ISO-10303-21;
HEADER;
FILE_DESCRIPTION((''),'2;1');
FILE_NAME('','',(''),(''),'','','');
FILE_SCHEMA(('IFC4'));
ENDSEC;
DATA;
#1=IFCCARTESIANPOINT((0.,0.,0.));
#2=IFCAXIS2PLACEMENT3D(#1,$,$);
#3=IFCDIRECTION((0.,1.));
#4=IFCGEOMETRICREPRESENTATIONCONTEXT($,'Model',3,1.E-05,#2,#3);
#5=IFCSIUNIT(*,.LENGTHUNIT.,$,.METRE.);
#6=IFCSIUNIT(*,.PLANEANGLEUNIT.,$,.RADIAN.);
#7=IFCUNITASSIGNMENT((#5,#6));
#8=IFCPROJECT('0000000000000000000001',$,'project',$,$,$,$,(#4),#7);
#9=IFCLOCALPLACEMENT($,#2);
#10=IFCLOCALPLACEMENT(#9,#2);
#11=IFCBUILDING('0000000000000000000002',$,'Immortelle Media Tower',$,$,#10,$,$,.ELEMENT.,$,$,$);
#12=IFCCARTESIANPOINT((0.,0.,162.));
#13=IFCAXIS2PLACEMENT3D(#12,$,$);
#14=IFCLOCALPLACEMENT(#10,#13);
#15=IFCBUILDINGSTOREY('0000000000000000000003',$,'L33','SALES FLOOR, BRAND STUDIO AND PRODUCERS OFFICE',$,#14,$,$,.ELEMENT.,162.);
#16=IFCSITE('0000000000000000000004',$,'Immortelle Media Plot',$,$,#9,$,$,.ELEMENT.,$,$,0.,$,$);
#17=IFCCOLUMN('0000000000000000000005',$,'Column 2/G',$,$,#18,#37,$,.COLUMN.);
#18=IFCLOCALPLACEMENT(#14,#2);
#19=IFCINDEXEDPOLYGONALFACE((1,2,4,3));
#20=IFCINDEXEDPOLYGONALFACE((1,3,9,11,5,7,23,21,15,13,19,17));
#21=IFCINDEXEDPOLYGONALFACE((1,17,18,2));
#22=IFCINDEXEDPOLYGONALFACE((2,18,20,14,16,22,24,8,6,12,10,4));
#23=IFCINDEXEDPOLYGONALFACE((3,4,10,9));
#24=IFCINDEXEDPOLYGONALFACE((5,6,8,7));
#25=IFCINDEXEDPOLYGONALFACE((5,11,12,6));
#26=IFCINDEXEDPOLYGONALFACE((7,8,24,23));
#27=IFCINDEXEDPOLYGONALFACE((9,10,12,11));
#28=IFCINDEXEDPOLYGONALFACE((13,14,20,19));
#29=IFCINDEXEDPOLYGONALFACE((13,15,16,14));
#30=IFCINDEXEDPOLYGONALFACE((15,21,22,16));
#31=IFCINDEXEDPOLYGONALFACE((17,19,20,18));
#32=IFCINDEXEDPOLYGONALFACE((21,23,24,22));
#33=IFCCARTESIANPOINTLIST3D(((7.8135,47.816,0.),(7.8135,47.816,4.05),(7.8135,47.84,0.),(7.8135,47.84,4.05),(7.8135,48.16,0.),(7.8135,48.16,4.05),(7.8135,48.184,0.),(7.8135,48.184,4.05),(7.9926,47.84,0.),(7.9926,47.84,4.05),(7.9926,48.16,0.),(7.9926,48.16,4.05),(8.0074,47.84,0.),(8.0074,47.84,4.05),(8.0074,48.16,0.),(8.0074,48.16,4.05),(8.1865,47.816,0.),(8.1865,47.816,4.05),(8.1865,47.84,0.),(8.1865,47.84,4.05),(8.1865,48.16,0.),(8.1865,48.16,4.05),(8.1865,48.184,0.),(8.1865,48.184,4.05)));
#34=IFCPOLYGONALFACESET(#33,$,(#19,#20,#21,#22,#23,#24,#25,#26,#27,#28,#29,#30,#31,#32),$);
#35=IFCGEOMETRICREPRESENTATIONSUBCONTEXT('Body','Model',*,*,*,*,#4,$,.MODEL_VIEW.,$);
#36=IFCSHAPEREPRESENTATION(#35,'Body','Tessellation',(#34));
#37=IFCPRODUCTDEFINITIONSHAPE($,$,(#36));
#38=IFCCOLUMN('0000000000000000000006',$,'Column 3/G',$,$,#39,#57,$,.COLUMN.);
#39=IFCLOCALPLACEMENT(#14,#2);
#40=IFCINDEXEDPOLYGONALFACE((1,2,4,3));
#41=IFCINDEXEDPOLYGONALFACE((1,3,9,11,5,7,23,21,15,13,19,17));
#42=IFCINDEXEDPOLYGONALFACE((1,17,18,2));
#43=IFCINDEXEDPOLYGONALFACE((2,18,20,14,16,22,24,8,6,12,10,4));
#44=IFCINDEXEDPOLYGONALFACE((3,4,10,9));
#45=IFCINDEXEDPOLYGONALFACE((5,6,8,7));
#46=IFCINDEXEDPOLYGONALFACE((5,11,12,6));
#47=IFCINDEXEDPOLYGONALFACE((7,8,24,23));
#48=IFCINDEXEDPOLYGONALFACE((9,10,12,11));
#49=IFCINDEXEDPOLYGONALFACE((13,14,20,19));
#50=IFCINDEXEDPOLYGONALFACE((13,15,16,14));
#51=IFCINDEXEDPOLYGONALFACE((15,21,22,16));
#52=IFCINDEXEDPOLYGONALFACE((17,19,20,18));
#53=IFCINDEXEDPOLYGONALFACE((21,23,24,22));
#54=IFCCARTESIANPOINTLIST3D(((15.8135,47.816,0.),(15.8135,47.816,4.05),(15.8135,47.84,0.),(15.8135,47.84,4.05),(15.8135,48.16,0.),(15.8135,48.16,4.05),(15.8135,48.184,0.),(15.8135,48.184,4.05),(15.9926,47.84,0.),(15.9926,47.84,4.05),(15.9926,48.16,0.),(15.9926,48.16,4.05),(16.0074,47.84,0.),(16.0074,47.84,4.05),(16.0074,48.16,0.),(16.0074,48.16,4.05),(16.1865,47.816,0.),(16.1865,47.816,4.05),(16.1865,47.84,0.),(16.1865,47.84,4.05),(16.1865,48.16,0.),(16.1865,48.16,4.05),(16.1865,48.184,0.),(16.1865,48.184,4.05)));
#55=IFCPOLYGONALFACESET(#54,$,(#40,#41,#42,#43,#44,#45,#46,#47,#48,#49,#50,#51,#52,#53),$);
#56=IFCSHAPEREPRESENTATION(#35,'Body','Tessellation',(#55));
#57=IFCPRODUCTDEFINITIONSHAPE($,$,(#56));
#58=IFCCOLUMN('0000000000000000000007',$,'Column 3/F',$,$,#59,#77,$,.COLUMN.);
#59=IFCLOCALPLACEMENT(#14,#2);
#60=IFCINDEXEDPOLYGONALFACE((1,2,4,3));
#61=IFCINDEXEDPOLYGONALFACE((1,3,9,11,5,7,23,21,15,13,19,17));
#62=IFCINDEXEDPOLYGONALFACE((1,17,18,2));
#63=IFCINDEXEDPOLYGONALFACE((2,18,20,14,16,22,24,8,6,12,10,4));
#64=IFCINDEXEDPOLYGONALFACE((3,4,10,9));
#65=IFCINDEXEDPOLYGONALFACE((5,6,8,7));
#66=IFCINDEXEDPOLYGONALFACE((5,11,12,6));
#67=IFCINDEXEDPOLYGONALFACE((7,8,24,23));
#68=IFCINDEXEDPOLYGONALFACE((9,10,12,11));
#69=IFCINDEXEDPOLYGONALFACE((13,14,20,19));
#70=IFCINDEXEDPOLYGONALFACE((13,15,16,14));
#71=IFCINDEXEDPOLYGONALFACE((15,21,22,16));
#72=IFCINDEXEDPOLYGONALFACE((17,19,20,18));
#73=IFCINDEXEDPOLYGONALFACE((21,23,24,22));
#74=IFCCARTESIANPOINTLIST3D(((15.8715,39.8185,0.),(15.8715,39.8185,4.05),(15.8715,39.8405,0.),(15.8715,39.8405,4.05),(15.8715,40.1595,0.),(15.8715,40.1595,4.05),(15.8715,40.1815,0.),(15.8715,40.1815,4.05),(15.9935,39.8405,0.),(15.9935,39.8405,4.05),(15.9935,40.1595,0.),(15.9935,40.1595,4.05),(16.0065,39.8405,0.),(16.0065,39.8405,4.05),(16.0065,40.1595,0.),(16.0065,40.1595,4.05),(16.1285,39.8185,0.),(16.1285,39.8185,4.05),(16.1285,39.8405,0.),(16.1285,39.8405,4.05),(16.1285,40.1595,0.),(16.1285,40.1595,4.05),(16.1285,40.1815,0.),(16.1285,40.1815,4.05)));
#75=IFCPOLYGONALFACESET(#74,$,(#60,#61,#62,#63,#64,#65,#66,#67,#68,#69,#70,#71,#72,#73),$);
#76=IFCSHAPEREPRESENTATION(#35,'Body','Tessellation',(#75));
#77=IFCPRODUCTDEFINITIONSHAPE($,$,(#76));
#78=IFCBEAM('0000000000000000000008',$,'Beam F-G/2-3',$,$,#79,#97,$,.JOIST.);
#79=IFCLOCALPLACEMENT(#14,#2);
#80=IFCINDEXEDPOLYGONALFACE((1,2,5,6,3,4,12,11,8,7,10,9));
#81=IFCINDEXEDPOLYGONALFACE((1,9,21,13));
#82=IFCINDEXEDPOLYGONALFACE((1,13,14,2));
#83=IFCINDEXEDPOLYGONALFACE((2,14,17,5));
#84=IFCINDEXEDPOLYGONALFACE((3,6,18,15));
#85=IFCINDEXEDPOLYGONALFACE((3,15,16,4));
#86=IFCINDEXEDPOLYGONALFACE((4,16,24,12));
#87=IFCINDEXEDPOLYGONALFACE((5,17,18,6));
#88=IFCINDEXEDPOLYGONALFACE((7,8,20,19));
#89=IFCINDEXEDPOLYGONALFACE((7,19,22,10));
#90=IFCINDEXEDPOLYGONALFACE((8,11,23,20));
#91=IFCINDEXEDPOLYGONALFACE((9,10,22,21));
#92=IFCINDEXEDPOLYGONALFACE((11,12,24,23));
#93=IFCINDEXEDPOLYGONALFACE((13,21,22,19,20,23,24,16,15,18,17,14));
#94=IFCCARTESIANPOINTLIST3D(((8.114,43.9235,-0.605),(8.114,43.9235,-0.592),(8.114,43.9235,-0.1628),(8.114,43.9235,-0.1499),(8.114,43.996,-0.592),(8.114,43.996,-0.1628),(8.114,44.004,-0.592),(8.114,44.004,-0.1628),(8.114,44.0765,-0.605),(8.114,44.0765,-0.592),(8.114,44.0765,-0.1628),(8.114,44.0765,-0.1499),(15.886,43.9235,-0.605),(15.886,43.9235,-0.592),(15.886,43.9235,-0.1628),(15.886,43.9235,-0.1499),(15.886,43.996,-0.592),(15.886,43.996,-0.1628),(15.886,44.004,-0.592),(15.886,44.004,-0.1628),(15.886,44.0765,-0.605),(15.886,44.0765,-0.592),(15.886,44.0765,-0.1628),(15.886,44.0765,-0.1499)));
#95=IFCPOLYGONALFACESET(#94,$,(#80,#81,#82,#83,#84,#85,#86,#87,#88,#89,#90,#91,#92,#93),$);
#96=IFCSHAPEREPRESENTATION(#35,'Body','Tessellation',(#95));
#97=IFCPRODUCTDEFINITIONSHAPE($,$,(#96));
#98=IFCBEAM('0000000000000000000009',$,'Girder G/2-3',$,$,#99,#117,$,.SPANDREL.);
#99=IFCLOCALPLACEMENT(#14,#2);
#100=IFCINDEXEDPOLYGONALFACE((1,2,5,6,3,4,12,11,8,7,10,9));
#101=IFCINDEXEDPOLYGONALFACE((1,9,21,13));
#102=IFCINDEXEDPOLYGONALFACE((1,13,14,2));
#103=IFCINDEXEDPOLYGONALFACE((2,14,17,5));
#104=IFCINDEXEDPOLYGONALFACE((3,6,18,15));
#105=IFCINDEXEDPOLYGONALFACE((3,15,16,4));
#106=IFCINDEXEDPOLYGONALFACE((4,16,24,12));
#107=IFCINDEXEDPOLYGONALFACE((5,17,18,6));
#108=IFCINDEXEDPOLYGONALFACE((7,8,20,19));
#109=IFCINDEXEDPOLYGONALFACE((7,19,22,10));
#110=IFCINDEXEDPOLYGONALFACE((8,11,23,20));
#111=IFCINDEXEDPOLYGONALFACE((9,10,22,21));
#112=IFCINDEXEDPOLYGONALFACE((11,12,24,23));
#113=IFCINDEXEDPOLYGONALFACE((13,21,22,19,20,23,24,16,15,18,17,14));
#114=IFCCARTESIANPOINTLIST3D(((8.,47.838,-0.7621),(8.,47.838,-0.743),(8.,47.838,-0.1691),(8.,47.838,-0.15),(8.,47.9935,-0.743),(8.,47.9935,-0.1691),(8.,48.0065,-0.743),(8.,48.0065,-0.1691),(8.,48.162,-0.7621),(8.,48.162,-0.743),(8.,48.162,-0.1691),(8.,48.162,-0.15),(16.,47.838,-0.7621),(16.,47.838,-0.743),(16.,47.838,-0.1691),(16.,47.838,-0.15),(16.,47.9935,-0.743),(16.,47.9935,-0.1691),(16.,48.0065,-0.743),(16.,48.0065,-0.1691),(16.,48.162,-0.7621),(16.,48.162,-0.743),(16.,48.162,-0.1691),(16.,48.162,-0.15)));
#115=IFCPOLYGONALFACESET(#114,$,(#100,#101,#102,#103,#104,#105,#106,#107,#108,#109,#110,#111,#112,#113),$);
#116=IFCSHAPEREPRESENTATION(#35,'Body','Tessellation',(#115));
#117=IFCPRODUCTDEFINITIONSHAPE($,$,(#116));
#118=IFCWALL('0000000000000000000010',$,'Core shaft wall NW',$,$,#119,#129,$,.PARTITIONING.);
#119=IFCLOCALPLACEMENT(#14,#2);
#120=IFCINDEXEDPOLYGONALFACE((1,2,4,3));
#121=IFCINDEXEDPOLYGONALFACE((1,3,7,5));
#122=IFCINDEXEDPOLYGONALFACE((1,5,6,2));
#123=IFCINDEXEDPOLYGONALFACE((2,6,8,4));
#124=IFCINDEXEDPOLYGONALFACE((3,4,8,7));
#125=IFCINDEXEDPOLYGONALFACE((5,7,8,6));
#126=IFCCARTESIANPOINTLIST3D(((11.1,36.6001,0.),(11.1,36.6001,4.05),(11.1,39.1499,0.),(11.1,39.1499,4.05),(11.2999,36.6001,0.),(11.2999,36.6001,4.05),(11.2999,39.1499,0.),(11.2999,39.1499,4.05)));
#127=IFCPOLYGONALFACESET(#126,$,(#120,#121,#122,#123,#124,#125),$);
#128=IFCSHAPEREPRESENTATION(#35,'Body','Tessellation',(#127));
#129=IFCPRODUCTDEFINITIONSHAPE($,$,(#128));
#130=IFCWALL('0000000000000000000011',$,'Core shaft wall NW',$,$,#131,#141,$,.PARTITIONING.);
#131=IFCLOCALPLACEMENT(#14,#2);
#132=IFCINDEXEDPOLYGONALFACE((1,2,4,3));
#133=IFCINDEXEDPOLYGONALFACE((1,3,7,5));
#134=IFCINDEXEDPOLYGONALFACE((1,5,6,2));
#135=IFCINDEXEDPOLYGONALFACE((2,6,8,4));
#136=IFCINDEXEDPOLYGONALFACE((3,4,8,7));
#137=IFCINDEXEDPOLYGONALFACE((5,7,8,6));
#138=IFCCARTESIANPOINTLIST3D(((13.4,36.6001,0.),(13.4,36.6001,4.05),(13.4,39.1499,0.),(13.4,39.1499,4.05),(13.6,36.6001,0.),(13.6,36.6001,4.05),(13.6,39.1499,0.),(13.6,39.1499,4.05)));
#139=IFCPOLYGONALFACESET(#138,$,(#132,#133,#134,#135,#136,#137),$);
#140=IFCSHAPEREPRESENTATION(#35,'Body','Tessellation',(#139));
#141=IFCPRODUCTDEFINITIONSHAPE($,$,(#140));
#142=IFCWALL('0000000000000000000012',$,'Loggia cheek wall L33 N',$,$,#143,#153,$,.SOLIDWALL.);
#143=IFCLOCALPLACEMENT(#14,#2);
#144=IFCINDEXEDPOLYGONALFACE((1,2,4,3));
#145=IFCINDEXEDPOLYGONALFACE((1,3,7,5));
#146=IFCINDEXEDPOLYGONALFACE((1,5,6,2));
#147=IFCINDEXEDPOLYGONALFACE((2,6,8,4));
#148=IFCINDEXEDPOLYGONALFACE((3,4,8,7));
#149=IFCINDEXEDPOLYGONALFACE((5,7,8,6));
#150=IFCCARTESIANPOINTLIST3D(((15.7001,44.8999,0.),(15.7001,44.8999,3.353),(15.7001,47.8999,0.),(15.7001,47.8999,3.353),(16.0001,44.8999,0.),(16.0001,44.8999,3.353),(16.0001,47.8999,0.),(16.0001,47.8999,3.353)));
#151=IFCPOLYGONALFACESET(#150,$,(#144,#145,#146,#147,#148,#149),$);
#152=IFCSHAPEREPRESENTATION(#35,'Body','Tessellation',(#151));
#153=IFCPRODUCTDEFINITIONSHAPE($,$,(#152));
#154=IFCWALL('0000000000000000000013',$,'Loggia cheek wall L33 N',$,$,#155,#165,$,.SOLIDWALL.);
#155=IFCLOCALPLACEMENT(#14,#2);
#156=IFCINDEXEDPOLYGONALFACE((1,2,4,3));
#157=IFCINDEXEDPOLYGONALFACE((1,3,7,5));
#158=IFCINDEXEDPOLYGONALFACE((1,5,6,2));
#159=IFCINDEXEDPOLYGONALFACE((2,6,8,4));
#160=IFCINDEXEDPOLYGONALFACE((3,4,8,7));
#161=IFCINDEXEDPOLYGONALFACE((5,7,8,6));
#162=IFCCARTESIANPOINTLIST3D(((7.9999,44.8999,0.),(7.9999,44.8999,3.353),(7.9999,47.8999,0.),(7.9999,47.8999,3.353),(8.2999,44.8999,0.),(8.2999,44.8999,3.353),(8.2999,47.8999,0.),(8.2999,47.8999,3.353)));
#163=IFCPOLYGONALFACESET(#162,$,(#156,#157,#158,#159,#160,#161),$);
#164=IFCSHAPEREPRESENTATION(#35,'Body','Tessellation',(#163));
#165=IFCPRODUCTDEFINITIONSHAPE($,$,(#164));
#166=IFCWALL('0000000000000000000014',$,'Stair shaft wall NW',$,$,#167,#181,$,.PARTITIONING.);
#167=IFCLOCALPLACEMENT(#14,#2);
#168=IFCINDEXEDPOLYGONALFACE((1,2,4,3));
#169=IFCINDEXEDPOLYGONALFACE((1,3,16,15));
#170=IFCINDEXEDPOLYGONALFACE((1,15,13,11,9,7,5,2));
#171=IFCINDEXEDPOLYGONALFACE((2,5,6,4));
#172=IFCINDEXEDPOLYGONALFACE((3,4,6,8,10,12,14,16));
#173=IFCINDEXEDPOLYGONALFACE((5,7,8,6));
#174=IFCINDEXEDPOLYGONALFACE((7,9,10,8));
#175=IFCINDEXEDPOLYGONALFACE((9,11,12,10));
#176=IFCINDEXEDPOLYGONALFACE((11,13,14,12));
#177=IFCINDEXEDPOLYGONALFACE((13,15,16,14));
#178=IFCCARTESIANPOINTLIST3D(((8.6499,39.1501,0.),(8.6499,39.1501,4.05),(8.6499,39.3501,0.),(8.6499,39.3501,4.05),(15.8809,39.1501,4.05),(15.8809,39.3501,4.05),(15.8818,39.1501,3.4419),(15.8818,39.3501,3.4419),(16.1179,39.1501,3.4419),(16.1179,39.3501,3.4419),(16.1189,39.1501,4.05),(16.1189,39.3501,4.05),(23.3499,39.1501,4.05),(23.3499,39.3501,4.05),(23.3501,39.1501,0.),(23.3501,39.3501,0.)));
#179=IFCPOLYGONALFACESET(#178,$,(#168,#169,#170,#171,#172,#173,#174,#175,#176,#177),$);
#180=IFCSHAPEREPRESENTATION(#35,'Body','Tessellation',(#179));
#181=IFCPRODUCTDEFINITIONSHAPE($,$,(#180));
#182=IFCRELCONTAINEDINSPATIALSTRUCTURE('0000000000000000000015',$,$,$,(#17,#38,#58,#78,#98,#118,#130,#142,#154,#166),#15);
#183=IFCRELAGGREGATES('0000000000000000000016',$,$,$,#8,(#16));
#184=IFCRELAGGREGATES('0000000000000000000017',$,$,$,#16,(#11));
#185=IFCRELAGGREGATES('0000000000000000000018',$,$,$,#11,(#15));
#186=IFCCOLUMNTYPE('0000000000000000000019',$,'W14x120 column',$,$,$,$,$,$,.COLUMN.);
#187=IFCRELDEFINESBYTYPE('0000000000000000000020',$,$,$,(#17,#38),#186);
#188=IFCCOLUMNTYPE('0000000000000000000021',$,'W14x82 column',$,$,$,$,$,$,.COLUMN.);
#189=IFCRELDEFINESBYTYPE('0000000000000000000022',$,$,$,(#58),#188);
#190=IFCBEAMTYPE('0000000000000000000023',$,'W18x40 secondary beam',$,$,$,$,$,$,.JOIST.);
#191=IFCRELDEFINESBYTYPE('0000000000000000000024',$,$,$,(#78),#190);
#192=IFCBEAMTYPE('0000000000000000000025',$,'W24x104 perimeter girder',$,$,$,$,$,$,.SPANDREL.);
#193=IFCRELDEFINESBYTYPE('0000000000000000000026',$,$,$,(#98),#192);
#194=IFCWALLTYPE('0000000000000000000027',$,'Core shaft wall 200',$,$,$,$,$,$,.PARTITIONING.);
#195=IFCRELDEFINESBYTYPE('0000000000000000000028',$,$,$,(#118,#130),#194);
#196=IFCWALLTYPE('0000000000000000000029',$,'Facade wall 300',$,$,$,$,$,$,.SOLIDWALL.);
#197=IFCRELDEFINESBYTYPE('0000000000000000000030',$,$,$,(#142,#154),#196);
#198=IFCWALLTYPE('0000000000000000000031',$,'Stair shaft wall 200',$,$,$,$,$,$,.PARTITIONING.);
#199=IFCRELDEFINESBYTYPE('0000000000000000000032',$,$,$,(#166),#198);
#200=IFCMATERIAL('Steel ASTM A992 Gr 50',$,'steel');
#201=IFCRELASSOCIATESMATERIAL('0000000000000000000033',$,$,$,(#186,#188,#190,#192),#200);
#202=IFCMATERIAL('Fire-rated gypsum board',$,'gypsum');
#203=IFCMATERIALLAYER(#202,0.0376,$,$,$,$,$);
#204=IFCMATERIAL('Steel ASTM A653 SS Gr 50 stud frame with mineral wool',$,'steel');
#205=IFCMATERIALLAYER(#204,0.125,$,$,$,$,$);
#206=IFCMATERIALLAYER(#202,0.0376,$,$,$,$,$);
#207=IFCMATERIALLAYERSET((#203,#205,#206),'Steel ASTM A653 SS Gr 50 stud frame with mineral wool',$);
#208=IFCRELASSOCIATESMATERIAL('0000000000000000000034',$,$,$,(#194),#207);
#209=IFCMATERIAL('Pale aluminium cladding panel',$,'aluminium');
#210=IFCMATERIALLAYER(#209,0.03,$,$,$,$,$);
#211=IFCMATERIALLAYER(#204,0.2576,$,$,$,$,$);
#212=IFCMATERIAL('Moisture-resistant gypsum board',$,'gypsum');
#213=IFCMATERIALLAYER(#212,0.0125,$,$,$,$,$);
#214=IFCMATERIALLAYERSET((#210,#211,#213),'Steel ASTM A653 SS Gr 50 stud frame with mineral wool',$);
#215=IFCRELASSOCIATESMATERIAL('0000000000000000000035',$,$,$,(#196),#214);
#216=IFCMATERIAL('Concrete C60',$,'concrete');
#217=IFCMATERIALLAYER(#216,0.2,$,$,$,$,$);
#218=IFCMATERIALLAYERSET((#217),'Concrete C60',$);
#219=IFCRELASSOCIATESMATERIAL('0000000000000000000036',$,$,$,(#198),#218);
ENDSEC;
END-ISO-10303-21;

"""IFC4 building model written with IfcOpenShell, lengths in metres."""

from ifc_helpers import new_model, si_unit, direction, frame, frame_2d, origin, origin_2d, place, context, subcontext, project, spatial, polyline, rectangle, i_section, outline, extrude, material, layer, layer_set, material_profile, profile_set, type_object, element, save


model = new_model("IFC4")

# Units and contexts
model_context = context("Model", 3, precision=1e-05, world=origin(), true_north=direction((0.0, 1.0)))
body_context = subcontext(model_context, "Body", "Model", "MODEL_VIEW")
ifc_project = project(units=[si_unit("LENGTHUNIT", "METRE"), si_unit("PLANEANGLEUNIT", "RADIAN")], contexts=[model_context])

# Site, building, storey
site_placement = place(None, origin())
site = spatial("IfcSite", under=ifc_project, at=site_placement, Name="Immortelle Media Plot", CompositionType="ELEMENT", RefElevation=0.0)
building_placement = place(site_placement, origin())
building = spatial("IfcBuilding", under=site, at=building_placement, Name="Immortelle Media Tower", CompositionType="ELEMENT")
storey_placement = place(building_placement, frame((0.0, 0.0, 162.0)))
storey = spatial("IfcBuildingStorey", under=building, at=storey_placement, Name="L33", Description="SALES FLOOR, BRAND STUDIO AND PRODUCERS OFFICE", CompositionType="ELEMENT", Elevation=162.0)

# Columns
ifc_material_1 = material(Name="Steel ASTM A992 Gr 50", Category="steel")
ifc_material_profile_1 = material_profile(ifc_material_1, i_section(OverallWidth=0.373, OverallDepth=0.3679, WebThickness=0.0149, FlangeThickness=0.0239, at=origin_2d()), Name="W14x120")
ifc_profile_set_1 = profile_set([ifc_material_profile_1], Name="Steel ASTM A992 Gr 50")
column_type_1 = type_object("IfcColumnType", Name="W14x120 column", PredefinedType="COLUMN", material=ifc_profile_set_1)
for number, where, z_axis, x_axis, name in (
    (1, (8.0, 48.0, 0.0), (0.0, 0.0, 1.0), (1.0, 0.0, 0.0), "Column 2/G"),
    (2, (16.0, 48.0, 0.0), (0.0, 0.0, 1.0), (1.0, 0.0, 0.0), "Column 3/G"),
):
    element("IfcColumn", number, at=place(storey_placement, frame(where, z_axis=z_axis, x_axis=x_axis)), inside=storey, type_object=column_type_1, Name=name, PredefinedType="COLUMN", context=body_context, shape_type="SweptSolid", body=[
        extrude(i_section(OverallWidth=0.373, OverallDepth=0.3679, WebThickness=0.0149, FlangeThickness=0.0239, at=origin_2d()), origin(), (0.0, 0.0, 1.0), 4.05),
    ])
ifc_material_profile_2 = material_profile(ifc_material_1, i_section(OverallWidth=0.2571, OverallDepth=0.363, WebThickness=0.0129, FlangeThickness=0.022, at=origin_2d()), Name="W14x82")
ifc_profile_set_2 = profile_set([ifc_material_profile_2], Name="Steel ASTM A992 Gr 50")
column_type_2 = type_object("IfcColumnType", Name="W14x82 column", PredefinedType="COLUMN", material=ifc_profile_set_2)
column_placement = place(storey_placement, frame((16.0, 40.0, 0.0), z_axis=(0.0, 0.0, 1.0), x_axis=(1.0, 0.0, 0.0)))
element("IfcColumn", 3, at=column_placement, inside=storey, type_object=column_type_2, Name="Column 3/F", PredefinedType="COLUMN", context=body_context, shape_type="SweptSolid", body=[
    extrude(i_section(OverallWidth=0.2571, OverallDepth=0.363, WebThickness=0.0129, FlangeThickness=0.022, at=origin_2d()), origin(), (0.0, 0.0, 1.0), 4.05),
])

# Beams
ifc_material_profile_3 = material_profile(ifc_material_1, i_section(OverallWidth=0.1531, OverallDepth=0.4551, WebThickness=0.0081, FlangeThickness=0.0129, at=origin_2d()), Name="W18x40")
ifc_profile_set_3 = profile_set([ifc_material_profile_3], Name="Steel ASTM A992 Gr 50")
beam_type_1 = type_object("IfcBeamType", Name="W18x40 secondary beam", PredefinedType="JOIST", material=ifc_profile_set_3)
beam_1_placement = place(storey_placement, frame((8.114, 44.0, -0.3774), z_axis=(1.0, 0.0, 0.0), x_axis=(0.0, 1.0, 0.0)))
element("IfcBeam", 4, at=beam_1_placement, inside=storey, type_object=beam_type_1, Name="Beam F-G/2-3", PredefinedType="JOIST", context=body_context, shape_type="SweptSolid", body=[
    extrude(i_section(OverallWidth=0.1531, OverallDepth=0.4551, WebThickness=0.0081, FlangeThickness=0.0129, at=origin_2d()), origin(), (0.0, 0.0, 1.0), 7.772),
])
ifc_material_profile_4 = material_profile(ifc_material_1, i_section(OverallWidth=0.324, OverallDepth=0.6121, WebThickness=0.0129, FlangeThickness=0.019, at=origin_2d()), Name="W24x104")
ifc_profile_set_4 = profile_set([ifc_material_profile_4], Name="Steel ASTM A992 Gr 50")
beam_type_2 = type_object("IfcBeamType", Name="W24x104 perimeter girder", PredefinedType="SPANDREL", material=ifc_profile_set_4)
beam_2_placement = place(storey_placement, frame((8.0, 48.0, -0.4561), z_axis=(1.0, 0.0, 0.0), x_axis=(0.0, 1.0, 0.0)))
element("IfcBeam", 5, at=beam_2_placement, inside=storey, type_object=beam_type_2, Name="Girder G/2-3", PredefinedType="SPANDREL", context=body_context, shape_type="SweptSolid", body=[
    extrude(i_section(OverallWidth=0.324, OverallDepth=0.6121, WebThickness=0.0129, FlangeThickness=0.019, at=origin_2d()), origin(), (0.0, 0.0, 1.0), 8.0),
])

# Walls
ifc_material_2 = material(Name="Fire-rated gypsum board", Category="gypsum")
ifc_layer_1 = layer(ifc_material_2, 0.0376)
ifc_material_3 = material(Name="Steel ASTM A653 SS Gr 50 stud frame with mineral wool", Category="steel")
ifc_layer_2 = layer(ifc_material_3, 0.125)
ifc_layer_3 = layer(ifc_material_2, 0.0376)
ifc_layer_set_1 = layer_set([ifc_layer_1, ifc_layer_2, ifc_layer_3], Name="Steel ASTM A653 SS Gr 50 stud frame with mineral wool")
wall_type_1 = type_object("IfcWallType", Name="Core shaft wall 200", PredefinedType="PARTITIONING", material=ifc_layer_set_1)
for number, where, z_axis, x_axis, name in (
    (6, (11.2, 36.6001, 0.0), (0.0, 0.0, 1.0), (0.0, 1.0, 0.0), "Core shaft wall NW"),
    (7, (13.5, 36.6001, 0.0), (0.0, 0.0, 1.0), (0.0, 1.0, 0.0), "Core shaft wall NW"),
):
    element("IfcWall", number, at=place(storey_placement, frame(where, z_axis=z_axis, x_axis=x_axis)), inside=storey, type_object=wall_type_1, Name=name, PredefinedType="PARTITIONING", context=body_context, shape_type="SweptSolid", body=[
        extrude(rectangle(XDim=2.5498, YDim=0.2, at=frame_2d((1.2749, 0.0))), origin(), (0.0, 0.0, 1.0), 4.05),
    ])

# Shared definitions
ifc_material_4 = material(Name="Pale aluminium cladding panel", Category="aluminium")
ifc_layer_4 = layer(ifc_material_4, 0.03)
ifc_layer_5 = layer(ifc_material_3, 0.2576)
ifc_material_5 = material(Name="Moisture-resistant gypsum board", Category="gypsum")
ifc_layer_6 = layer(ifc_material_5, 0.0125)
ifc_layer_set_2 = layer_set([ifc_layer_4, ifc_layer_5, ifc_layer_6], Name="Steel ASTM A653 SS Gr 50 stud frame with mineral wool")
wall_type_2 = type_object("IfcWallType", Name="Facade wall 300", PredefinedType="SOLIDWALL", material=ifc_layer_set_2)

# Walls
for number, where, z_axis, x_axis, name in (
    (8, (15.8501, 47.8999, 0.0), (0.0, 0.0, 1.0), (0.0, -1.0, 0.0), "Loggia cheek wall L33 N"),
    (9, (8.1499, 47.8999, 0.0), (0.0, 0.0, 1.0), (0.0, -1.0, 0.0), "Loggia cheek wall L33 N"),
):
    element("IfcWall", number, at=place(storey_placement, frame(where, z_axis=z_axis, x_axis=x_axis)), inside=storey, type_object=wall_type_2, Name=name, PredefinedType="SOLIDWALL", context=body_context, shape_type="SweptSolid", body=[
        extrude(rectangle(XDim=3.0, YDim=0.3, at=frame_2d((1.5, 0.0))), origin(), (0.0, 0.0, 1.0), 3.353),
    ])
ifc_material_6 = material(Name="Concrete C60", Category="concrete")
ifc_layer_7 = layer(ifc_material_6, 0.2)
ifc_layer_set_3 = layer_set([ifc_layer_7], Name="Concrete C60")
wall_type_3 = type_object("IfcWallType", Name="Stair shaft wall 200", PredefinedType="PARTITIONING", material=ifc_layer_set_3)
wall_1_placement = place(storey_placement, frame((8.6499, 39.25, 0.0), z_axis=(0.0, 0.0, 1.0), x_axis=(1.0, 0.0, 0.0)))
element("IfcWall", 10, at=wall_1_placement, inside=storey, type_object=wall_type_3, Name="Stair shaft wall NW", PredefinedType="PARTITIONING", context=body_context, shape_type="SweptSolid", body=[
    extrude(outline(polyline([(0.0, 0.0), (14.7002, 0.0), (14.7, 4.05), (7.469, 4.05), (7.468, 3.4419), (7.2319, 3.4419), (7.231, 4.05), (0.0, 4.05), (0.0, 0.0)])), frame((0.0, 0.1001, 0.0), z_axis=(0.0, -1.0, 0.0), x_axis=(1.0, 0.0, 0.0)), (0.0, 0.0, 1.0), 0.2),
])

save(model, "model.ifc")
